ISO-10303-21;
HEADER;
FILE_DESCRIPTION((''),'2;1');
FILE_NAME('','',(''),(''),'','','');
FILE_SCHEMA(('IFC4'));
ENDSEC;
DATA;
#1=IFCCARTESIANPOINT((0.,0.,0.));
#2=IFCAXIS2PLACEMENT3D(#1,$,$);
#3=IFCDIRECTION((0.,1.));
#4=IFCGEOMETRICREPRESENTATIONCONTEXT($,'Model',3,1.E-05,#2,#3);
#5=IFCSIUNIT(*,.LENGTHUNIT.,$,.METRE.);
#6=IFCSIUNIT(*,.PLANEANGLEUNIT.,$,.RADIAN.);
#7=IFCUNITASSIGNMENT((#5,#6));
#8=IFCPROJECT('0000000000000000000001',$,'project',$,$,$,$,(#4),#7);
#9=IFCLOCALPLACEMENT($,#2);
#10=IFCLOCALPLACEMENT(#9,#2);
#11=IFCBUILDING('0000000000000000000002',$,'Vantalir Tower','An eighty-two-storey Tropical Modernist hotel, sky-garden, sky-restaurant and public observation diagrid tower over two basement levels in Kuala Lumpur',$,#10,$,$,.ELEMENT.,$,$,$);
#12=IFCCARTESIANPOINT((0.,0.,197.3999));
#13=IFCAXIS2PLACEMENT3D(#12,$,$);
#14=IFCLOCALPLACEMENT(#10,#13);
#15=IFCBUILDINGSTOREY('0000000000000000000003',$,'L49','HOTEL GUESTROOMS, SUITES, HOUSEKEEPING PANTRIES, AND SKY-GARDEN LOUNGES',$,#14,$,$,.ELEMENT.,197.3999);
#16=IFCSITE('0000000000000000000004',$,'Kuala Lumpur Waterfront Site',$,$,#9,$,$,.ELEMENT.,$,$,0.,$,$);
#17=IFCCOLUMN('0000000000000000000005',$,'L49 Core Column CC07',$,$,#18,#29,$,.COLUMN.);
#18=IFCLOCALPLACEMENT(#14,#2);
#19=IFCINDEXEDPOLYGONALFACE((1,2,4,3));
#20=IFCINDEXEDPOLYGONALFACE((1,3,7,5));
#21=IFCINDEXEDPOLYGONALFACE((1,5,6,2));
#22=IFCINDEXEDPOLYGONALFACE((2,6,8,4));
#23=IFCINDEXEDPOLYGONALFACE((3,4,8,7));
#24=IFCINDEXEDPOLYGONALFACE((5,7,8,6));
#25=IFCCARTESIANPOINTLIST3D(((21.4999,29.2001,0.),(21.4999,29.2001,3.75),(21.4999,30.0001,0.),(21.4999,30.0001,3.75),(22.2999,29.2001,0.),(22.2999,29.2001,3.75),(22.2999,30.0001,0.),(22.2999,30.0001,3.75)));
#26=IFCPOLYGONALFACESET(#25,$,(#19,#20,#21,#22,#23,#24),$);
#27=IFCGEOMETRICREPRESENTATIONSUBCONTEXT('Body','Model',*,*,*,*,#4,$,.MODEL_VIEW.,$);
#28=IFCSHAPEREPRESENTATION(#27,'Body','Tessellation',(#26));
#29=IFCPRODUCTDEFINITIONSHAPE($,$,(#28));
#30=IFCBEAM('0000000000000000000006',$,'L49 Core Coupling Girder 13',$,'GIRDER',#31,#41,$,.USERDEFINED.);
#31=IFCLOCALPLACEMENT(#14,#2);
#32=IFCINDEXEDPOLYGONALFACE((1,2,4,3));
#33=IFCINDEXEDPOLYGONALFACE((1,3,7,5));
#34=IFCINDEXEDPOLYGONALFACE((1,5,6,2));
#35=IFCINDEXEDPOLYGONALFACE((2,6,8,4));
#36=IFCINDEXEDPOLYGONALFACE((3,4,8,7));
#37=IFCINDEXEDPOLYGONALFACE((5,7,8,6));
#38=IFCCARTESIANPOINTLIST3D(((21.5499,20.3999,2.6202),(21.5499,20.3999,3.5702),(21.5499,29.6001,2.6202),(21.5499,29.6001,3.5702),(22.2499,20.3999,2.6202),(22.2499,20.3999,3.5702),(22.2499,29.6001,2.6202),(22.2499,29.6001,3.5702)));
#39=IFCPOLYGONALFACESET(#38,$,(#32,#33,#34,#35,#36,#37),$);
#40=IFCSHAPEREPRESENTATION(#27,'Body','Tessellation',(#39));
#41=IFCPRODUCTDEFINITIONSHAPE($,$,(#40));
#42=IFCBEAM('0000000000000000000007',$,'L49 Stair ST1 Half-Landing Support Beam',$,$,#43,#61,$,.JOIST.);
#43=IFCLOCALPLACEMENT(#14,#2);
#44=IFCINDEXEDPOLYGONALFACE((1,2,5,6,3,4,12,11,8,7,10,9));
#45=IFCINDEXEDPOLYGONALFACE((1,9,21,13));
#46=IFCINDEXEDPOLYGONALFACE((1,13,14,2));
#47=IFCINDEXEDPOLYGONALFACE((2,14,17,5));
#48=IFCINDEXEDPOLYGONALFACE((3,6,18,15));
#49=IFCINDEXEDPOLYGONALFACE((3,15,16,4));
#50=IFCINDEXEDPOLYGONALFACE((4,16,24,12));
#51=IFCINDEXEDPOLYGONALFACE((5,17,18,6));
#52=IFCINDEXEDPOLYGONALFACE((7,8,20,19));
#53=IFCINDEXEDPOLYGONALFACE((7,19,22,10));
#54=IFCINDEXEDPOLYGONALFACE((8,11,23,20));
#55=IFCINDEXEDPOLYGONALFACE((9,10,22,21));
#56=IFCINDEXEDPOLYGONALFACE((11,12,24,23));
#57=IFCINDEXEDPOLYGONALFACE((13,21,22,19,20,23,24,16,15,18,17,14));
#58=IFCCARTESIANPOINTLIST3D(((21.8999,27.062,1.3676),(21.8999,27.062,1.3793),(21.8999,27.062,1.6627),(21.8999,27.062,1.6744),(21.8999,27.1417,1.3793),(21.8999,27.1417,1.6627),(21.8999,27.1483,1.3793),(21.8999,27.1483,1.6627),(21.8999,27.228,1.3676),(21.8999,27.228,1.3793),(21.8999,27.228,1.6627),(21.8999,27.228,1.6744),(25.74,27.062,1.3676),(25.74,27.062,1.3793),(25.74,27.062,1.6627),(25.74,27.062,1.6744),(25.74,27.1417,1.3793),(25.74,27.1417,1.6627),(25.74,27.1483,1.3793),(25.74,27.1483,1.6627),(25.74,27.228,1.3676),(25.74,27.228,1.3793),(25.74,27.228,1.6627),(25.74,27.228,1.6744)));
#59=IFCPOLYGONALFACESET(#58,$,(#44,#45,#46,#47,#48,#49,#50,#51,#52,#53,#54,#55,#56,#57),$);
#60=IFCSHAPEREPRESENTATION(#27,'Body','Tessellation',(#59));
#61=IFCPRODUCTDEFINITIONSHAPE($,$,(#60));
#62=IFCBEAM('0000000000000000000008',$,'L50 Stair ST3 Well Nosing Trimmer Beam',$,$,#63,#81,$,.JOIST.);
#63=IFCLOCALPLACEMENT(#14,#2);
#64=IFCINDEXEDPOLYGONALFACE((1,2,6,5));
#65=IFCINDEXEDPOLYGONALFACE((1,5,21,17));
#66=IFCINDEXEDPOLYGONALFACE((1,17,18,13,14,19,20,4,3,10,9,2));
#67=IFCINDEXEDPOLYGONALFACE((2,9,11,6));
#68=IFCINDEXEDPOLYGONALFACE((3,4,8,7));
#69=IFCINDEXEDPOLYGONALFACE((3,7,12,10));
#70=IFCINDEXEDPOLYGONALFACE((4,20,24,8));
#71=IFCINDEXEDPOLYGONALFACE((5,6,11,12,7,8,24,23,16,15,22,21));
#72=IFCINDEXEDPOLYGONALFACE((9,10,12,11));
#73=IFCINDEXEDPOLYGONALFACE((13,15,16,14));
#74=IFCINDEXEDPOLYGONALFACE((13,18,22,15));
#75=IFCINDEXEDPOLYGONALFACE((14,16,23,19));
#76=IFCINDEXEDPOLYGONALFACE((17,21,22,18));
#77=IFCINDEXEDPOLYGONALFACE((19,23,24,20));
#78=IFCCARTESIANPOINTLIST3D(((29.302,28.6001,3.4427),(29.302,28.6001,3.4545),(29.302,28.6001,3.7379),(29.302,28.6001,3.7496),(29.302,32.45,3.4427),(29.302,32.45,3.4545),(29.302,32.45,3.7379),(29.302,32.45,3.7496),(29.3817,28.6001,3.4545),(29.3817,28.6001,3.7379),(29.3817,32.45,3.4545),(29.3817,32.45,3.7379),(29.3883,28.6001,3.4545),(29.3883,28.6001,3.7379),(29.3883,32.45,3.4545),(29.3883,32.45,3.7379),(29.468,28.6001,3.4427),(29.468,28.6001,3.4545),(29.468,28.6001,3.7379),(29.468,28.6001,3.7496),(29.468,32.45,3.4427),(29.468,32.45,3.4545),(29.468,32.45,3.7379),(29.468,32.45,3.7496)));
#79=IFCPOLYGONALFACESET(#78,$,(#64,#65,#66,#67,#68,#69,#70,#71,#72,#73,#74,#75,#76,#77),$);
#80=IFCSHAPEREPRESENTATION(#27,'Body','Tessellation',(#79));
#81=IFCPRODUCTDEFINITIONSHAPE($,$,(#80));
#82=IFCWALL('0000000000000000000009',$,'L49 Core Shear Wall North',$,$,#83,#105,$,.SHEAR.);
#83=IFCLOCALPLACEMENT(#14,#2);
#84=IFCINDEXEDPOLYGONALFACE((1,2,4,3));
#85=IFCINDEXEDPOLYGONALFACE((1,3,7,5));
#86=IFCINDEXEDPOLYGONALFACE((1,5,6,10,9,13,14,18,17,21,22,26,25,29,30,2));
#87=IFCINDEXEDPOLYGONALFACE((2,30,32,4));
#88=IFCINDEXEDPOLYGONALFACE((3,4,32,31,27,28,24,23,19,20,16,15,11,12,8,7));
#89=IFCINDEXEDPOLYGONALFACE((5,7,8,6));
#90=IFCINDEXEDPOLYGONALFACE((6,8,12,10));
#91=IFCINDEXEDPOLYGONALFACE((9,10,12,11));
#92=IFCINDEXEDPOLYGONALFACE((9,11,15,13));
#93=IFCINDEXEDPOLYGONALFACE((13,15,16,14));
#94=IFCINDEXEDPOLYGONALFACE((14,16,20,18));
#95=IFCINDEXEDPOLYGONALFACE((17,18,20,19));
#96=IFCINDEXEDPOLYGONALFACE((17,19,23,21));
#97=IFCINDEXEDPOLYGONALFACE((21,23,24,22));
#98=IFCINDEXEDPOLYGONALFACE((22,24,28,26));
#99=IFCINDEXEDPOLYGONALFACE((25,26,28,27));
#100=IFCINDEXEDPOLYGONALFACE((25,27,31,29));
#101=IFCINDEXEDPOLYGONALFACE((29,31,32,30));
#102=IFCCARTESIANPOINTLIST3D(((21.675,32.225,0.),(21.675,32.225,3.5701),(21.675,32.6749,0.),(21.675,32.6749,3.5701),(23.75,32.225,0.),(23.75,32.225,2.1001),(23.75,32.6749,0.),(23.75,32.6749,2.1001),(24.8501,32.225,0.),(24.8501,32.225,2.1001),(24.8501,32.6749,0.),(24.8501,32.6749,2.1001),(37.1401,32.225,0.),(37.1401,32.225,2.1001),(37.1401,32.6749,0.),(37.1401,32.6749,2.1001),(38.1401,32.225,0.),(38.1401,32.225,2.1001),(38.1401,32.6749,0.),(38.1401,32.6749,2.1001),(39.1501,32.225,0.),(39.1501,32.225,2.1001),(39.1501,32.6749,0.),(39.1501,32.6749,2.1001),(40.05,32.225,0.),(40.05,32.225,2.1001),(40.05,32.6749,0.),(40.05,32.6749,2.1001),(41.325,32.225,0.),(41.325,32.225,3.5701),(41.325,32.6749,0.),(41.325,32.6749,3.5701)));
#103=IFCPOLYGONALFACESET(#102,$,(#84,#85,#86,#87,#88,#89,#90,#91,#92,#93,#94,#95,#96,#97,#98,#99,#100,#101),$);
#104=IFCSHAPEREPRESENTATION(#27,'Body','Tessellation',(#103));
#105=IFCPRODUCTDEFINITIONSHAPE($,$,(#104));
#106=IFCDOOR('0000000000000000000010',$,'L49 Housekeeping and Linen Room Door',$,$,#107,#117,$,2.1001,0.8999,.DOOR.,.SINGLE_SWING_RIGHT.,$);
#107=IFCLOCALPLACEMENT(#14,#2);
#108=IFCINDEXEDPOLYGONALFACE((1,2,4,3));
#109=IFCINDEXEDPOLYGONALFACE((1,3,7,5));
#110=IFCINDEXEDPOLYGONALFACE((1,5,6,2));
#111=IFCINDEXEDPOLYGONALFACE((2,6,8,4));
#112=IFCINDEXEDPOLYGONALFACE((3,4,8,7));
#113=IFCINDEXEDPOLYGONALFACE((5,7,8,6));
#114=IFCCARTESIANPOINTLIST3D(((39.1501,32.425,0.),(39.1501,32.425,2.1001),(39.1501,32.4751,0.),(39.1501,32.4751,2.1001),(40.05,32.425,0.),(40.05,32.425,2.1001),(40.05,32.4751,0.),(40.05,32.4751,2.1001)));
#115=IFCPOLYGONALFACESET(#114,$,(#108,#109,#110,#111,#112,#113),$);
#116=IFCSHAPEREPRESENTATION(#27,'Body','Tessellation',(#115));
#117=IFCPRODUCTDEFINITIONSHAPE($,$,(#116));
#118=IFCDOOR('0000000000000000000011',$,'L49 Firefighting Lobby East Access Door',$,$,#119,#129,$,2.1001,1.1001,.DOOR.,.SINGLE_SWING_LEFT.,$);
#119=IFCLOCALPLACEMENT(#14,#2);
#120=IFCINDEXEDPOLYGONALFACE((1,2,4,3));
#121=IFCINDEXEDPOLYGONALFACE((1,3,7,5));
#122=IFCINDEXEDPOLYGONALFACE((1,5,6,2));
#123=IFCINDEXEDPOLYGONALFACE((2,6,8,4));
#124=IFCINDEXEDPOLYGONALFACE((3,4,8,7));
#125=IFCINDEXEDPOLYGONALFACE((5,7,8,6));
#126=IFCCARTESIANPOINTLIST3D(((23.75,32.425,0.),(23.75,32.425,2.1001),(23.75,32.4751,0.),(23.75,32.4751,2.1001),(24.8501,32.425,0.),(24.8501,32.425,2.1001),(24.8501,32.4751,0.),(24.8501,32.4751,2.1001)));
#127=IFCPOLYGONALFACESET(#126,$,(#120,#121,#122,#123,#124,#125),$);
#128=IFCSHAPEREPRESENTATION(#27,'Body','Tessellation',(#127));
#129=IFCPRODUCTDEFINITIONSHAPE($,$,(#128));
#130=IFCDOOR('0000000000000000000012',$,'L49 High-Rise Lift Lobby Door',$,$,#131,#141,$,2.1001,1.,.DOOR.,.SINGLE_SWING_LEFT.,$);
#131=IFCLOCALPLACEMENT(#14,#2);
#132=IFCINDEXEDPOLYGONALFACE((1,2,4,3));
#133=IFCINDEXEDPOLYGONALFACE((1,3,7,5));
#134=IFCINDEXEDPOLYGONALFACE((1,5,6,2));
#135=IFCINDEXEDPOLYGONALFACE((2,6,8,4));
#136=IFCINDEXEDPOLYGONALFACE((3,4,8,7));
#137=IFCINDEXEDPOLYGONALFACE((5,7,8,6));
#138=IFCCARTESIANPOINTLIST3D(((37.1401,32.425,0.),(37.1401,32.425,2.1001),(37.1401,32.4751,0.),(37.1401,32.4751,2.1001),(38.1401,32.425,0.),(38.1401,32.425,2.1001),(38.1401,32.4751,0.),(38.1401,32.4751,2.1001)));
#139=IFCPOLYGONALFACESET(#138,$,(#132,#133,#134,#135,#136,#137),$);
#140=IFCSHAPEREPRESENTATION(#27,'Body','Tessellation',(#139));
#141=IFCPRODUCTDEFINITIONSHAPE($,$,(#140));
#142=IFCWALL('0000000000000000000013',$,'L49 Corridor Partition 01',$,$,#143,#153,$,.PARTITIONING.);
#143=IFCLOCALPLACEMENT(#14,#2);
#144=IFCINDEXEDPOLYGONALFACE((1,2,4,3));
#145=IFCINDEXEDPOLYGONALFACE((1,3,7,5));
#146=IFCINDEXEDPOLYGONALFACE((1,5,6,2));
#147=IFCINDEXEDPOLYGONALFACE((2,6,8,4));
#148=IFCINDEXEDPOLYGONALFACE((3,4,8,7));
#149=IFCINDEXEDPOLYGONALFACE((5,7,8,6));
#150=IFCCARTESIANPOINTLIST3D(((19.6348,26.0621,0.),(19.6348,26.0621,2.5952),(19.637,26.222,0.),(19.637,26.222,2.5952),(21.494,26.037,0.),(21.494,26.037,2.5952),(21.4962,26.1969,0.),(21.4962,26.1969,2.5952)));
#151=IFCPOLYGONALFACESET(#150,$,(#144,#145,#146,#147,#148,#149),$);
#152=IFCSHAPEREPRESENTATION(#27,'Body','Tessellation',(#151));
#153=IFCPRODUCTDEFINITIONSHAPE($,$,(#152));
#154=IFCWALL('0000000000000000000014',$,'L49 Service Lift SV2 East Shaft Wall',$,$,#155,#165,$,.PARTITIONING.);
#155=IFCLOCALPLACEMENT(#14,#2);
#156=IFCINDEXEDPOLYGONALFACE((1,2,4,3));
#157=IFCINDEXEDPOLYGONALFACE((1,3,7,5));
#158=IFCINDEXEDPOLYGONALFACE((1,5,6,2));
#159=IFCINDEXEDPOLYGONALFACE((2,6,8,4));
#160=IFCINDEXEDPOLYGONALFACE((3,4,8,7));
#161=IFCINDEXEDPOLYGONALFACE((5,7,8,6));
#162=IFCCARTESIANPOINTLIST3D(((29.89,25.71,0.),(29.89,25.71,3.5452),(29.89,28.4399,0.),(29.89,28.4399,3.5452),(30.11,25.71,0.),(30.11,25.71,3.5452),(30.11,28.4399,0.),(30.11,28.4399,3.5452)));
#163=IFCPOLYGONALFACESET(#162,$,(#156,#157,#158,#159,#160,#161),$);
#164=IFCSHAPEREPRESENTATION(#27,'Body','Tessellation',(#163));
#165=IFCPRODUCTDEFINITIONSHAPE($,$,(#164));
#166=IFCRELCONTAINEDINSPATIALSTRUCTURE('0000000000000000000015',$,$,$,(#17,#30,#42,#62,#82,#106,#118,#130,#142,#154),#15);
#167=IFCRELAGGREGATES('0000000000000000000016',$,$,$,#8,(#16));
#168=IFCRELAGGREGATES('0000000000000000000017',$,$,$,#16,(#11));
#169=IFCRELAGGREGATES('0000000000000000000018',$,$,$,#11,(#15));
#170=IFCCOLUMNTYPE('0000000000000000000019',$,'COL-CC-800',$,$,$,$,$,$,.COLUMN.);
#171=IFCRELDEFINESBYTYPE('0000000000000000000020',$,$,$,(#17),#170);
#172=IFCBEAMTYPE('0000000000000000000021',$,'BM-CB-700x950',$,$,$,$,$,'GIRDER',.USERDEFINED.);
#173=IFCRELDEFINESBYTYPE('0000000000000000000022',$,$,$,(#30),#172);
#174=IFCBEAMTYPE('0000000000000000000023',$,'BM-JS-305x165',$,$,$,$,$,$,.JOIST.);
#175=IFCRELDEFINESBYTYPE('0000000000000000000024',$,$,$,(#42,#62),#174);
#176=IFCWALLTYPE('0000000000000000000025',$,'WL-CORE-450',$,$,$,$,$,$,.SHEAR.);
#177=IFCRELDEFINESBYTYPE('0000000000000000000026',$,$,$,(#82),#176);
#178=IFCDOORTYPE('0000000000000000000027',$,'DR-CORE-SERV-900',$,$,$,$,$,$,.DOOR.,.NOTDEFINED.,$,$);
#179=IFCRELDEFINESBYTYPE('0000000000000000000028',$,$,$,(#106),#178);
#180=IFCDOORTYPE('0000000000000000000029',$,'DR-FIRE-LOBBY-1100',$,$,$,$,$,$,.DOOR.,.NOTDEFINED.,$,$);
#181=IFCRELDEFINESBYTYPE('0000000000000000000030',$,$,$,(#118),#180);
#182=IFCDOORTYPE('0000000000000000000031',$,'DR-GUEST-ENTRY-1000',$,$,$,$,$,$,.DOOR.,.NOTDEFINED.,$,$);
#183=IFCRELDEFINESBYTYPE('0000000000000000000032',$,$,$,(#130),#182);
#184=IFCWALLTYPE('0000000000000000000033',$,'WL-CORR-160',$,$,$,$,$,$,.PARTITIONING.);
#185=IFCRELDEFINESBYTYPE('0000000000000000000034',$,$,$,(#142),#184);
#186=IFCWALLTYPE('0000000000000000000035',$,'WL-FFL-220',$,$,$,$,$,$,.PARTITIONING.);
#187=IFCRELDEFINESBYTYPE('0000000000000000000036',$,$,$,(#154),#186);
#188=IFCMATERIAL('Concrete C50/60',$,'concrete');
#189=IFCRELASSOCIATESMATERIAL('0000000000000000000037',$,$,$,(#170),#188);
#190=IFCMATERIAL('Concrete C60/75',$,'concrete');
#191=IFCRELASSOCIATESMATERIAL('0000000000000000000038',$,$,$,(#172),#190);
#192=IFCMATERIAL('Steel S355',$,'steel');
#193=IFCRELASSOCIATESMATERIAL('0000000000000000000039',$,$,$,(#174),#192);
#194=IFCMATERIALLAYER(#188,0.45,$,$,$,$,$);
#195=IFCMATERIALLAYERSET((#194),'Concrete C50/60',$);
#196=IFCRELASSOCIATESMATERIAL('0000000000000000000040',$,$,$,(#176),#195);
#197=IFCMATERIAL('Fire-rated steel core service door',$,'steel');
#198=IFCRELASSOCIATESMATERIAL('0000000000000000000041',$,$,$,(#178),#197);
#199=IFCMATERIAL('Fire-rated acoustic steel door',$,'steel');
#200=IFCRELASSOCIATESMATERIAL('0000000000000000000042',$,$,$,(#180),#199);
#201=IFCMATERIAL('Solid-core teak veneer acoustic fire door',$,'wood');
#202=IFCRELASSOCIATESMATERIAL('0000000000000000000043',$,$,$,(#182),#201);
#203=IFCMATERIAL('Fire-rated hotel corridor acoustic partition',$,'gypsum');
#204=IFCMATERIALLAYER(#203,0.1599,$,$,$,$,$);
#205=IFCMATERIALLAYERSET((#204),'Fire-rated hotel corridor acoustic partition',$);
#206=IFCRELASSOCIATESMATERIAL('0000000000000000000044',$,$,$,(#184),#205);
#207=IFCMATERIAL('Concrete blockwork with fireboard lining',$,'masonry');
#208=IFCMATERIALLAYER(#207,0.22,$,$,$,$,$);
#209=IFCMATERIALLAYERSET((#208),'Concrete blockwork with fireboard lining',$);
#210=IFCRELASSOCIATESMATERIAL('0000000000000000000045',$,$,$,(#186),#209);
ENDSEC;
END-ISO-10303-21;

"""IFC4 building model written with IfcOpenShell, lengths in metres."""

from ifc_helpers import new_model, si_unit, direction, frame, frame_2d, origin, origin_2d, place, context, subcontext, project, spatial, rectangle, i_section, extrude, material, layer, layer_set, material_profile, profile_set, type_object, element, fill, save


model = new_model("IFC4")

# Units and contexts
model_context = context("Model", 3, precision=1e-05, world=origin(), true_north=direction((0.0, 1.0)))
body_context = subcontext(model_context, "Body", "Model", "MODEL_VIEW")
ifc_project = project(units=[si_unit("LENGTHUNIT", "METRE"), si_unit("PLANEANGLEUNIT", "RADIAN")], contexts=[model_context])

# Site, building, storey
site_placement = place(None, origin())
site = spatial("IfcSite", under=ifc_project, at=site_placement, Name="Kuala Lumpur Waterfront Site", CompositionType="ELEMENT", RefElevation=0.0)
building_placement = place(site_placement, origin())
building = spatial("IfcBuilding", under=site, at=building_placement, Name="Vantalir Tower", Description="An eighty-two-storey Tropical Modernist hotel, sky-garden, sky-restaurant and public observation diagrid tower over two basement levels in Kuala Lumpur", CompositionType="ELEMENT")
storey_placement = place(building_placement, frame((0.0, 0.0, 197.3999)))
storey = spatial("IfcBuildingStorey", under=building, at=storey_placement, Name="L49", Description="HOTEL GUESTROOMS, SUITES, HOUSEKEEPING PANTRIES, AND SKY-GARDEN LOUNGES", CompositionType="ELEMENT", Elevation=197.3999)

# Column
ifc_material_1 = material(Name="Concrete C50/60", Category="concrete")
ifc_material_profile_1 = material_profile(ifc_material_1, rectangle(XDim=0.8, YDim=0.8, at=origin_2d()), Name="Concrete C50/60")
ifc_profile_set_1 = profile_set([ifc_material_profile_1], Name="Concrete C50/60")
column_type = type_object("IfcColumnType", Name="COL-CC-800", PredefinedType="COLUMN", material=ifc_profile_set_1)
column_placement = place(storey_placement, frame((21.8999, 29.6001, 0.0), z_axis=(0.0, 0.0, 1.0), x_axis=(1.0, 0.0, 0.0)))
element("IfcColumn", 1, at=column_placement, inside=storey, type_object=column_type, Name="L49 Core Column CC07", PredefinedType="COLUMN", context=body_context, shape_type="SweptSolid", body=[
    extrude(rectangle(XDim=0.8, YDim=0.8, at=origin_2d()), origin(), (0.0, 0.0, 1.0), 3.75),
])

# Beams
ifc_material_2 = material(Name="Concrete C60/75", Category="concrete")
ifc_material_profile_2 = material_profile(ifc_material_2, rectangle(XDim=0.7, YDim=0.95, at=origin_2d()), Name="Concrete C60/75")
ifc_profile_set_2 = profile_set([ifc_material_profile_2], Name="Concrete C60/75")
beam_type_1 = type_object("IfcBeamType", Name="BM-CB-700x950", ElementType="GIRDER", PredefinedType="USERDEFINED", material=ifc_profile_set_2)
beam_1_placement = place(storey_placement, frame((21.8999, 29.6001, 3.0952), z_axis=(0.0, -1.0, 0.0), x_axis=(1.0, 0.0, 0.0)))
element("IfcBeam", 2, at=beam_1_placement, inside=storey, type_object=beam_type_1, Name="L49 Core Coupling Girder 13", ObjectType="GIRDER", PredefinedType="USERDEFINED", context=body_context, shape_type="SweptSolid", body=[
    extrude(rectangle(XDim=0.7, YDim=0.95, at=origin_2d()), origin(), (0.0, 0.0, 1.0), 9.2002),
])
ifc_material_3 = material(Name="Steel S355", Category="steel")
ifc_material_profile_3 = material_profile(ifc_material_3, i_section(OverallWidth=0.166, OverallDepth=0.3069, WebThickness=0.0066, FlangeThickness=0.0117, at=origin_2d()), Name="Steel S355")
ifc_profile_set_3 = profile_set([ifc_material_profile_3], Name="Steel S355")
beam_type_2 = type_object("IfcBeamType", Name="BM-JS-305x165", PredefinedType="JOIST", material=ifc_profile_set_3)
beam_2_placement = place(storey_placement, frame((21.8999, 27.145, 1.521), z_axis=(1.0, 0.0, 0.0), x_axis=(0.0, 1.0, 0.0)))
element("IfcBeam", 3, at=beam_2_placement, inside=storey, type_object=beam_type_2, Name="L49 Stair ST1 Half-Landing Support Beam", PredefinedType="JOIST", context=body_context, shape_type="SweptSolid", body=[
    extrude(i_section(OverallWidth=0.166, OverallDepth=0.3069, WebThickness=0.0066, FlangeThickness=0.0117, at=origin_2d()), origin(), (0.0, 0.0, 1.0), 3.8401),
])
beam_3_placement = place(storey_placement, frame((29.385, 28.6001, 3.5962), z_axis=(0.0, 1.0, 0.0), x_axis=(-1.0, 0.0, 0.0)))
element("IfcBeam", 4, at=beam_3_placement, inside=storey, type_object=beam_type_2, Name="L50 Stair ST3 Well Nosing Trimmer Beam", PredefinedType="JOIST", context=body_context, shape_type="SweptSolid", body=[
    extrude(i_section(OverallWidth=0.166, OverallDepth=0.3069, WebThickness=0.0066, FlangeThickness=0.0117, at=origin_2d()), origin(), (0.0, 0.0, 1.0), 3.8499),
])

# Wall, openings, doors
ifc_layer_1 = layer(ifc_material_1, 0.45)
ifc_layer_set_1 = layer_set([ifc_layer_1], Name="Concrete C50/60")
wall_type_1 = type_object("IfcWallType", Name="WL-CORE-450", PredefinedType="SHEAR", material=ifc_layer_set_1)
wall_1_placement = place(storey_placement, frame((21.675, 32.45, 0.0), z_axis=(0.0, 0.0, 1.0), x_axis=(1.0, 0.0, 0.0)))
wall_1 = element("IfcWall", 5, at=wall_1_placement, inside=storey, type_object=wall_type_1, Name="L49 Core Shear Wall North", PredefinedType="SHEAR", context=body_context, shape_type="SweptSolid", body=[
    extrude(rectangle(XDim=19.6499, YDim=0.45, at=frame_2d((9.825, 0.0))), origin(), (0.0, 0.0, 1.0), 3.5701),
])
opening_1_placement = place(wall_1_placement, frame((2.075, 0.0, 0.0)))
opening_1 = element("IfcOpeningElement", 6, at=opening_1_placement, cuts=wall_1, PredefinedType="OPENING", context=body_context, shape_type="SweptSolid", body=[
    extrude(rectangle(XDim=1.1001, YDim=2.1001, at=frame_2d((0.55, 1.05))), frame((0.0, 0.2349, 0.0), z_axis=(0.0, -1.0, 0.0), x_axis=(1.0, 0.0, 0.0)), (0.0, 0.0, 1.0), 0.47),
])
opening_2_placement = place(wall_1_placement, frame((15.4651, 0.0, 0.0)))
opening_2 = element("IfcOpeningElement", 7, at=opening_2_placement, cuts=wall_1, PredefinedType="OPENING", context=body_context, shape_type="SweptSolid", body=[
    extrude(rectangle(XDim=1.0, YDim=2.1001, at=frame_2d((0.5, 1.05))), frame((0.0, 0.2349, 0.0), z_axis=(0.0, -1.0, 0.0), x_axis=(1.0, 0.0, 0.0)), (0.0, 0.0, 1.0), 0.47),
])
opening_3_placement = place(wall_1_placement, frame((17.4751, 0.0, 0.0)))
opening_3 = element("IfcOpeningElement", 8, at=opening_3_placement, cuts=wall_1, PredefinedType="OPENING", context=body_context, shape_type="SweptSolid", body=[
    extrude(rectangle(XDim=0.8999, YDim=2.1001, at=frame_2d((0.45, 1.05))), frame((0.0, 0.2349, 0.0), z_axis=(0.0, -1.0, 0.0), x_axis=(1.0, 0.0, 0.0)), (0.0, 0.0, 1.0), 0.47),
])
ifc_material_4 = material(Name="Fire-rated steel core service door", Category="steel")
door_type_1 = type_object("IfcDoorType", Name="DR-CORE-SERV-900", OperationType="NOTDEFINED", PredefinedType="DOOR", material=ifc_material_4)
door_1_placement = place(opening_3_placement, frame((0.8999, 0.0, 0.0), z_axis=(0.0, 0.0, 1.0), x_axis=(-1.0, 0.0, 0.0)))
door_1 = element("IfcDoor", 9, at=door_1_placement, inside=storey, type_object=door_type_1, Name="L49 Housekeeping and Linen Room Door", OperationType="SINGLE_SWING_RIGHT", OverallHeight=2.1001, OverallWidth=0.8999, PredefinedType="DOOR", context=body_context, shape_type="SweptSolid", body=[
    extrude(rectangle(XDim=0.8999, YDim=2.1001, at=frame_2d((0.45, 1.05))), frame((0.0, 0.0249, 0.0), z_axis=(0.0, -1.0, 0.0), x_axis=(1.0, 0.0, 0.0)), (0.0, 0.0, 1.0), 0.05),
])
fill(opening_3, door_1)
ifc_material_5 = material(Name="Fire-rated acoustic steel door", Category="steel")
door_type_2 = type_object("IfcDoorType", Name="DR-FIRE-LOBBY-1100", OperationType="NOTDEFINED", PredefinedType="DOOR", material=ifc_material_5)
door_2_placement = place(opening_1_placement, frame((1.1001, 0.0, 0.0), z_axis=(0.0, 0.0, 1.0), x_axis=(-1.0, 0.0, 0.0)))
door_2 = element("IfcDoor", 10, at=door_2_placement, inside=storey, type_object=door_type_2, Name="L49 Firefighting Lobby East Access Door", OperationType="SINGLE_SWING_LEFT", OverallHeight=2.1001, OverallWidth=1.1001, PredefinedType="DOOR", context=body_context, shape_type="SweptSolid", body=[
    extrude(rectangle(XDim=1.1001, YDim=2.1001, at=frame_2d((0.55, 1.05))), frame((0.0, 0.0249, 0.0), z_axis=(0.0, -1.0, 0.0), x_axis=(1.0, 0.0, 0.0)), (0.0, 0.0, 1.0), 0.05),
])
fill(opening_1, door_2)
ifc_material_6 = material(Name="Solid-core teak veneer acoustic fire door", Category="wood")
door_type_3 = type_object("IfcDoorType", Name="DR-GUEST-ENTRY-1000", OperationType="NOTDEFINED", PredefinedType="DOOR", material=ifc_material_6)
door_3_placement = place(opening_2_placement, frame((1.0, 0.0, 0.0), z_axis=(0.0, 0.0, 1.0), x_axis=(-1.0, 0.0, 0.0)))
door_3 = element("IfcDoor", 11, at=door_3_placement, inside=storey, type_object=door_type_3, Name="L49 High-Rise Lift Lobby Door", OperationType="SINGLE_SWING_LEFT", OverallHeight=2.1001, OverallWidth=1.0, PredefinedType="DOOR", context=body_context, shape_type="SweptSolid", body=[
    extrude(rectangle(XDim=1.0, YDim=2.1001, at=frame_2d((0.5, 1.05))), frame((0.0, 0.0249, 0.0), z_axis=(0.0, -1.0, 0.0), x_axis=(1.0, 0.0, 0.0)), (0.0, 0.0, 1.0), 0.05),
])
fill(opening_2, door_3)

# Walls
ifc_material_7 = material(Name="Fire-rated hotel corridor acoustic partition", Category="gypsum")
ifc_layer_2 = layer(ifc_material_7, 0.1599)
ifc_layer_set_2 = layer_set([ifc_layer_2], Name="Fire-rated hotel corridor acoustic partition")
wall_type_2 = type_object("IfcWallType", Name="WL-CORR-160", PredefinedType="PARTITIONING", material=ifc_layer_set_2)
wall_2_placement = place(storey_placement, frame((21.4951, 26.1169, 0.0), z_axis=(0.0, 0.0, 1.0), x_axis=(-0.999909, 0.013525, 0.0)))
element("IfcWall", 12, at=wall_2_placement, inside=storey, type_object=wall_type_2, Name="L49 Corridor Partition 01", PredefinedType="PARTITIONING", context=body_context, shape_type="SweptSolid", body=[
    extrude(rectangle(XDim=1.8594, YDim=0.1599, at=frame_2d((0.9297, 0.0))), origin(), (0.0, 0.0, 1.0), 2.5952),
])
ifc_material_8 = material(Name="Concrete blockwork with fireboard lining", Category="masonry")
ifc_layer_3 = layer(ifc_material_8, 0.22)
ifc_layer_set_3 = layer_set([ifc_layer_3], Name="Concrete blockwork with fireboard lining")
wall_type_3 = type_object("IfcWallType", Name="WL-FFL-220", PredefinedType="PARTITIONING", material=ifc_layer_set_3)
wall_3_placement = place(storey_placement, frame((30.0, 25.71, 0.0), z_axis=(0.0, 0.0, 1.0), x_axis=(0.0, 1.0, 0.0)))
element("IfcWall", 13, at=wall_3_placement, inside=storey, type_object=wall_type_3, Name="L49 Service Lift SV2 East Shaft Wall", PredefinedType="PARTITIONING", context=body_context, shape_type="SweptSolid", body=[
    extrude(rectangle(XDim=2.73, YDim=0.22, at=frame_2d((1.365, 0.0))), origin(), (0.0, 0.0, 1.0), 3.5452),
])

save(model, "model.ifc")
